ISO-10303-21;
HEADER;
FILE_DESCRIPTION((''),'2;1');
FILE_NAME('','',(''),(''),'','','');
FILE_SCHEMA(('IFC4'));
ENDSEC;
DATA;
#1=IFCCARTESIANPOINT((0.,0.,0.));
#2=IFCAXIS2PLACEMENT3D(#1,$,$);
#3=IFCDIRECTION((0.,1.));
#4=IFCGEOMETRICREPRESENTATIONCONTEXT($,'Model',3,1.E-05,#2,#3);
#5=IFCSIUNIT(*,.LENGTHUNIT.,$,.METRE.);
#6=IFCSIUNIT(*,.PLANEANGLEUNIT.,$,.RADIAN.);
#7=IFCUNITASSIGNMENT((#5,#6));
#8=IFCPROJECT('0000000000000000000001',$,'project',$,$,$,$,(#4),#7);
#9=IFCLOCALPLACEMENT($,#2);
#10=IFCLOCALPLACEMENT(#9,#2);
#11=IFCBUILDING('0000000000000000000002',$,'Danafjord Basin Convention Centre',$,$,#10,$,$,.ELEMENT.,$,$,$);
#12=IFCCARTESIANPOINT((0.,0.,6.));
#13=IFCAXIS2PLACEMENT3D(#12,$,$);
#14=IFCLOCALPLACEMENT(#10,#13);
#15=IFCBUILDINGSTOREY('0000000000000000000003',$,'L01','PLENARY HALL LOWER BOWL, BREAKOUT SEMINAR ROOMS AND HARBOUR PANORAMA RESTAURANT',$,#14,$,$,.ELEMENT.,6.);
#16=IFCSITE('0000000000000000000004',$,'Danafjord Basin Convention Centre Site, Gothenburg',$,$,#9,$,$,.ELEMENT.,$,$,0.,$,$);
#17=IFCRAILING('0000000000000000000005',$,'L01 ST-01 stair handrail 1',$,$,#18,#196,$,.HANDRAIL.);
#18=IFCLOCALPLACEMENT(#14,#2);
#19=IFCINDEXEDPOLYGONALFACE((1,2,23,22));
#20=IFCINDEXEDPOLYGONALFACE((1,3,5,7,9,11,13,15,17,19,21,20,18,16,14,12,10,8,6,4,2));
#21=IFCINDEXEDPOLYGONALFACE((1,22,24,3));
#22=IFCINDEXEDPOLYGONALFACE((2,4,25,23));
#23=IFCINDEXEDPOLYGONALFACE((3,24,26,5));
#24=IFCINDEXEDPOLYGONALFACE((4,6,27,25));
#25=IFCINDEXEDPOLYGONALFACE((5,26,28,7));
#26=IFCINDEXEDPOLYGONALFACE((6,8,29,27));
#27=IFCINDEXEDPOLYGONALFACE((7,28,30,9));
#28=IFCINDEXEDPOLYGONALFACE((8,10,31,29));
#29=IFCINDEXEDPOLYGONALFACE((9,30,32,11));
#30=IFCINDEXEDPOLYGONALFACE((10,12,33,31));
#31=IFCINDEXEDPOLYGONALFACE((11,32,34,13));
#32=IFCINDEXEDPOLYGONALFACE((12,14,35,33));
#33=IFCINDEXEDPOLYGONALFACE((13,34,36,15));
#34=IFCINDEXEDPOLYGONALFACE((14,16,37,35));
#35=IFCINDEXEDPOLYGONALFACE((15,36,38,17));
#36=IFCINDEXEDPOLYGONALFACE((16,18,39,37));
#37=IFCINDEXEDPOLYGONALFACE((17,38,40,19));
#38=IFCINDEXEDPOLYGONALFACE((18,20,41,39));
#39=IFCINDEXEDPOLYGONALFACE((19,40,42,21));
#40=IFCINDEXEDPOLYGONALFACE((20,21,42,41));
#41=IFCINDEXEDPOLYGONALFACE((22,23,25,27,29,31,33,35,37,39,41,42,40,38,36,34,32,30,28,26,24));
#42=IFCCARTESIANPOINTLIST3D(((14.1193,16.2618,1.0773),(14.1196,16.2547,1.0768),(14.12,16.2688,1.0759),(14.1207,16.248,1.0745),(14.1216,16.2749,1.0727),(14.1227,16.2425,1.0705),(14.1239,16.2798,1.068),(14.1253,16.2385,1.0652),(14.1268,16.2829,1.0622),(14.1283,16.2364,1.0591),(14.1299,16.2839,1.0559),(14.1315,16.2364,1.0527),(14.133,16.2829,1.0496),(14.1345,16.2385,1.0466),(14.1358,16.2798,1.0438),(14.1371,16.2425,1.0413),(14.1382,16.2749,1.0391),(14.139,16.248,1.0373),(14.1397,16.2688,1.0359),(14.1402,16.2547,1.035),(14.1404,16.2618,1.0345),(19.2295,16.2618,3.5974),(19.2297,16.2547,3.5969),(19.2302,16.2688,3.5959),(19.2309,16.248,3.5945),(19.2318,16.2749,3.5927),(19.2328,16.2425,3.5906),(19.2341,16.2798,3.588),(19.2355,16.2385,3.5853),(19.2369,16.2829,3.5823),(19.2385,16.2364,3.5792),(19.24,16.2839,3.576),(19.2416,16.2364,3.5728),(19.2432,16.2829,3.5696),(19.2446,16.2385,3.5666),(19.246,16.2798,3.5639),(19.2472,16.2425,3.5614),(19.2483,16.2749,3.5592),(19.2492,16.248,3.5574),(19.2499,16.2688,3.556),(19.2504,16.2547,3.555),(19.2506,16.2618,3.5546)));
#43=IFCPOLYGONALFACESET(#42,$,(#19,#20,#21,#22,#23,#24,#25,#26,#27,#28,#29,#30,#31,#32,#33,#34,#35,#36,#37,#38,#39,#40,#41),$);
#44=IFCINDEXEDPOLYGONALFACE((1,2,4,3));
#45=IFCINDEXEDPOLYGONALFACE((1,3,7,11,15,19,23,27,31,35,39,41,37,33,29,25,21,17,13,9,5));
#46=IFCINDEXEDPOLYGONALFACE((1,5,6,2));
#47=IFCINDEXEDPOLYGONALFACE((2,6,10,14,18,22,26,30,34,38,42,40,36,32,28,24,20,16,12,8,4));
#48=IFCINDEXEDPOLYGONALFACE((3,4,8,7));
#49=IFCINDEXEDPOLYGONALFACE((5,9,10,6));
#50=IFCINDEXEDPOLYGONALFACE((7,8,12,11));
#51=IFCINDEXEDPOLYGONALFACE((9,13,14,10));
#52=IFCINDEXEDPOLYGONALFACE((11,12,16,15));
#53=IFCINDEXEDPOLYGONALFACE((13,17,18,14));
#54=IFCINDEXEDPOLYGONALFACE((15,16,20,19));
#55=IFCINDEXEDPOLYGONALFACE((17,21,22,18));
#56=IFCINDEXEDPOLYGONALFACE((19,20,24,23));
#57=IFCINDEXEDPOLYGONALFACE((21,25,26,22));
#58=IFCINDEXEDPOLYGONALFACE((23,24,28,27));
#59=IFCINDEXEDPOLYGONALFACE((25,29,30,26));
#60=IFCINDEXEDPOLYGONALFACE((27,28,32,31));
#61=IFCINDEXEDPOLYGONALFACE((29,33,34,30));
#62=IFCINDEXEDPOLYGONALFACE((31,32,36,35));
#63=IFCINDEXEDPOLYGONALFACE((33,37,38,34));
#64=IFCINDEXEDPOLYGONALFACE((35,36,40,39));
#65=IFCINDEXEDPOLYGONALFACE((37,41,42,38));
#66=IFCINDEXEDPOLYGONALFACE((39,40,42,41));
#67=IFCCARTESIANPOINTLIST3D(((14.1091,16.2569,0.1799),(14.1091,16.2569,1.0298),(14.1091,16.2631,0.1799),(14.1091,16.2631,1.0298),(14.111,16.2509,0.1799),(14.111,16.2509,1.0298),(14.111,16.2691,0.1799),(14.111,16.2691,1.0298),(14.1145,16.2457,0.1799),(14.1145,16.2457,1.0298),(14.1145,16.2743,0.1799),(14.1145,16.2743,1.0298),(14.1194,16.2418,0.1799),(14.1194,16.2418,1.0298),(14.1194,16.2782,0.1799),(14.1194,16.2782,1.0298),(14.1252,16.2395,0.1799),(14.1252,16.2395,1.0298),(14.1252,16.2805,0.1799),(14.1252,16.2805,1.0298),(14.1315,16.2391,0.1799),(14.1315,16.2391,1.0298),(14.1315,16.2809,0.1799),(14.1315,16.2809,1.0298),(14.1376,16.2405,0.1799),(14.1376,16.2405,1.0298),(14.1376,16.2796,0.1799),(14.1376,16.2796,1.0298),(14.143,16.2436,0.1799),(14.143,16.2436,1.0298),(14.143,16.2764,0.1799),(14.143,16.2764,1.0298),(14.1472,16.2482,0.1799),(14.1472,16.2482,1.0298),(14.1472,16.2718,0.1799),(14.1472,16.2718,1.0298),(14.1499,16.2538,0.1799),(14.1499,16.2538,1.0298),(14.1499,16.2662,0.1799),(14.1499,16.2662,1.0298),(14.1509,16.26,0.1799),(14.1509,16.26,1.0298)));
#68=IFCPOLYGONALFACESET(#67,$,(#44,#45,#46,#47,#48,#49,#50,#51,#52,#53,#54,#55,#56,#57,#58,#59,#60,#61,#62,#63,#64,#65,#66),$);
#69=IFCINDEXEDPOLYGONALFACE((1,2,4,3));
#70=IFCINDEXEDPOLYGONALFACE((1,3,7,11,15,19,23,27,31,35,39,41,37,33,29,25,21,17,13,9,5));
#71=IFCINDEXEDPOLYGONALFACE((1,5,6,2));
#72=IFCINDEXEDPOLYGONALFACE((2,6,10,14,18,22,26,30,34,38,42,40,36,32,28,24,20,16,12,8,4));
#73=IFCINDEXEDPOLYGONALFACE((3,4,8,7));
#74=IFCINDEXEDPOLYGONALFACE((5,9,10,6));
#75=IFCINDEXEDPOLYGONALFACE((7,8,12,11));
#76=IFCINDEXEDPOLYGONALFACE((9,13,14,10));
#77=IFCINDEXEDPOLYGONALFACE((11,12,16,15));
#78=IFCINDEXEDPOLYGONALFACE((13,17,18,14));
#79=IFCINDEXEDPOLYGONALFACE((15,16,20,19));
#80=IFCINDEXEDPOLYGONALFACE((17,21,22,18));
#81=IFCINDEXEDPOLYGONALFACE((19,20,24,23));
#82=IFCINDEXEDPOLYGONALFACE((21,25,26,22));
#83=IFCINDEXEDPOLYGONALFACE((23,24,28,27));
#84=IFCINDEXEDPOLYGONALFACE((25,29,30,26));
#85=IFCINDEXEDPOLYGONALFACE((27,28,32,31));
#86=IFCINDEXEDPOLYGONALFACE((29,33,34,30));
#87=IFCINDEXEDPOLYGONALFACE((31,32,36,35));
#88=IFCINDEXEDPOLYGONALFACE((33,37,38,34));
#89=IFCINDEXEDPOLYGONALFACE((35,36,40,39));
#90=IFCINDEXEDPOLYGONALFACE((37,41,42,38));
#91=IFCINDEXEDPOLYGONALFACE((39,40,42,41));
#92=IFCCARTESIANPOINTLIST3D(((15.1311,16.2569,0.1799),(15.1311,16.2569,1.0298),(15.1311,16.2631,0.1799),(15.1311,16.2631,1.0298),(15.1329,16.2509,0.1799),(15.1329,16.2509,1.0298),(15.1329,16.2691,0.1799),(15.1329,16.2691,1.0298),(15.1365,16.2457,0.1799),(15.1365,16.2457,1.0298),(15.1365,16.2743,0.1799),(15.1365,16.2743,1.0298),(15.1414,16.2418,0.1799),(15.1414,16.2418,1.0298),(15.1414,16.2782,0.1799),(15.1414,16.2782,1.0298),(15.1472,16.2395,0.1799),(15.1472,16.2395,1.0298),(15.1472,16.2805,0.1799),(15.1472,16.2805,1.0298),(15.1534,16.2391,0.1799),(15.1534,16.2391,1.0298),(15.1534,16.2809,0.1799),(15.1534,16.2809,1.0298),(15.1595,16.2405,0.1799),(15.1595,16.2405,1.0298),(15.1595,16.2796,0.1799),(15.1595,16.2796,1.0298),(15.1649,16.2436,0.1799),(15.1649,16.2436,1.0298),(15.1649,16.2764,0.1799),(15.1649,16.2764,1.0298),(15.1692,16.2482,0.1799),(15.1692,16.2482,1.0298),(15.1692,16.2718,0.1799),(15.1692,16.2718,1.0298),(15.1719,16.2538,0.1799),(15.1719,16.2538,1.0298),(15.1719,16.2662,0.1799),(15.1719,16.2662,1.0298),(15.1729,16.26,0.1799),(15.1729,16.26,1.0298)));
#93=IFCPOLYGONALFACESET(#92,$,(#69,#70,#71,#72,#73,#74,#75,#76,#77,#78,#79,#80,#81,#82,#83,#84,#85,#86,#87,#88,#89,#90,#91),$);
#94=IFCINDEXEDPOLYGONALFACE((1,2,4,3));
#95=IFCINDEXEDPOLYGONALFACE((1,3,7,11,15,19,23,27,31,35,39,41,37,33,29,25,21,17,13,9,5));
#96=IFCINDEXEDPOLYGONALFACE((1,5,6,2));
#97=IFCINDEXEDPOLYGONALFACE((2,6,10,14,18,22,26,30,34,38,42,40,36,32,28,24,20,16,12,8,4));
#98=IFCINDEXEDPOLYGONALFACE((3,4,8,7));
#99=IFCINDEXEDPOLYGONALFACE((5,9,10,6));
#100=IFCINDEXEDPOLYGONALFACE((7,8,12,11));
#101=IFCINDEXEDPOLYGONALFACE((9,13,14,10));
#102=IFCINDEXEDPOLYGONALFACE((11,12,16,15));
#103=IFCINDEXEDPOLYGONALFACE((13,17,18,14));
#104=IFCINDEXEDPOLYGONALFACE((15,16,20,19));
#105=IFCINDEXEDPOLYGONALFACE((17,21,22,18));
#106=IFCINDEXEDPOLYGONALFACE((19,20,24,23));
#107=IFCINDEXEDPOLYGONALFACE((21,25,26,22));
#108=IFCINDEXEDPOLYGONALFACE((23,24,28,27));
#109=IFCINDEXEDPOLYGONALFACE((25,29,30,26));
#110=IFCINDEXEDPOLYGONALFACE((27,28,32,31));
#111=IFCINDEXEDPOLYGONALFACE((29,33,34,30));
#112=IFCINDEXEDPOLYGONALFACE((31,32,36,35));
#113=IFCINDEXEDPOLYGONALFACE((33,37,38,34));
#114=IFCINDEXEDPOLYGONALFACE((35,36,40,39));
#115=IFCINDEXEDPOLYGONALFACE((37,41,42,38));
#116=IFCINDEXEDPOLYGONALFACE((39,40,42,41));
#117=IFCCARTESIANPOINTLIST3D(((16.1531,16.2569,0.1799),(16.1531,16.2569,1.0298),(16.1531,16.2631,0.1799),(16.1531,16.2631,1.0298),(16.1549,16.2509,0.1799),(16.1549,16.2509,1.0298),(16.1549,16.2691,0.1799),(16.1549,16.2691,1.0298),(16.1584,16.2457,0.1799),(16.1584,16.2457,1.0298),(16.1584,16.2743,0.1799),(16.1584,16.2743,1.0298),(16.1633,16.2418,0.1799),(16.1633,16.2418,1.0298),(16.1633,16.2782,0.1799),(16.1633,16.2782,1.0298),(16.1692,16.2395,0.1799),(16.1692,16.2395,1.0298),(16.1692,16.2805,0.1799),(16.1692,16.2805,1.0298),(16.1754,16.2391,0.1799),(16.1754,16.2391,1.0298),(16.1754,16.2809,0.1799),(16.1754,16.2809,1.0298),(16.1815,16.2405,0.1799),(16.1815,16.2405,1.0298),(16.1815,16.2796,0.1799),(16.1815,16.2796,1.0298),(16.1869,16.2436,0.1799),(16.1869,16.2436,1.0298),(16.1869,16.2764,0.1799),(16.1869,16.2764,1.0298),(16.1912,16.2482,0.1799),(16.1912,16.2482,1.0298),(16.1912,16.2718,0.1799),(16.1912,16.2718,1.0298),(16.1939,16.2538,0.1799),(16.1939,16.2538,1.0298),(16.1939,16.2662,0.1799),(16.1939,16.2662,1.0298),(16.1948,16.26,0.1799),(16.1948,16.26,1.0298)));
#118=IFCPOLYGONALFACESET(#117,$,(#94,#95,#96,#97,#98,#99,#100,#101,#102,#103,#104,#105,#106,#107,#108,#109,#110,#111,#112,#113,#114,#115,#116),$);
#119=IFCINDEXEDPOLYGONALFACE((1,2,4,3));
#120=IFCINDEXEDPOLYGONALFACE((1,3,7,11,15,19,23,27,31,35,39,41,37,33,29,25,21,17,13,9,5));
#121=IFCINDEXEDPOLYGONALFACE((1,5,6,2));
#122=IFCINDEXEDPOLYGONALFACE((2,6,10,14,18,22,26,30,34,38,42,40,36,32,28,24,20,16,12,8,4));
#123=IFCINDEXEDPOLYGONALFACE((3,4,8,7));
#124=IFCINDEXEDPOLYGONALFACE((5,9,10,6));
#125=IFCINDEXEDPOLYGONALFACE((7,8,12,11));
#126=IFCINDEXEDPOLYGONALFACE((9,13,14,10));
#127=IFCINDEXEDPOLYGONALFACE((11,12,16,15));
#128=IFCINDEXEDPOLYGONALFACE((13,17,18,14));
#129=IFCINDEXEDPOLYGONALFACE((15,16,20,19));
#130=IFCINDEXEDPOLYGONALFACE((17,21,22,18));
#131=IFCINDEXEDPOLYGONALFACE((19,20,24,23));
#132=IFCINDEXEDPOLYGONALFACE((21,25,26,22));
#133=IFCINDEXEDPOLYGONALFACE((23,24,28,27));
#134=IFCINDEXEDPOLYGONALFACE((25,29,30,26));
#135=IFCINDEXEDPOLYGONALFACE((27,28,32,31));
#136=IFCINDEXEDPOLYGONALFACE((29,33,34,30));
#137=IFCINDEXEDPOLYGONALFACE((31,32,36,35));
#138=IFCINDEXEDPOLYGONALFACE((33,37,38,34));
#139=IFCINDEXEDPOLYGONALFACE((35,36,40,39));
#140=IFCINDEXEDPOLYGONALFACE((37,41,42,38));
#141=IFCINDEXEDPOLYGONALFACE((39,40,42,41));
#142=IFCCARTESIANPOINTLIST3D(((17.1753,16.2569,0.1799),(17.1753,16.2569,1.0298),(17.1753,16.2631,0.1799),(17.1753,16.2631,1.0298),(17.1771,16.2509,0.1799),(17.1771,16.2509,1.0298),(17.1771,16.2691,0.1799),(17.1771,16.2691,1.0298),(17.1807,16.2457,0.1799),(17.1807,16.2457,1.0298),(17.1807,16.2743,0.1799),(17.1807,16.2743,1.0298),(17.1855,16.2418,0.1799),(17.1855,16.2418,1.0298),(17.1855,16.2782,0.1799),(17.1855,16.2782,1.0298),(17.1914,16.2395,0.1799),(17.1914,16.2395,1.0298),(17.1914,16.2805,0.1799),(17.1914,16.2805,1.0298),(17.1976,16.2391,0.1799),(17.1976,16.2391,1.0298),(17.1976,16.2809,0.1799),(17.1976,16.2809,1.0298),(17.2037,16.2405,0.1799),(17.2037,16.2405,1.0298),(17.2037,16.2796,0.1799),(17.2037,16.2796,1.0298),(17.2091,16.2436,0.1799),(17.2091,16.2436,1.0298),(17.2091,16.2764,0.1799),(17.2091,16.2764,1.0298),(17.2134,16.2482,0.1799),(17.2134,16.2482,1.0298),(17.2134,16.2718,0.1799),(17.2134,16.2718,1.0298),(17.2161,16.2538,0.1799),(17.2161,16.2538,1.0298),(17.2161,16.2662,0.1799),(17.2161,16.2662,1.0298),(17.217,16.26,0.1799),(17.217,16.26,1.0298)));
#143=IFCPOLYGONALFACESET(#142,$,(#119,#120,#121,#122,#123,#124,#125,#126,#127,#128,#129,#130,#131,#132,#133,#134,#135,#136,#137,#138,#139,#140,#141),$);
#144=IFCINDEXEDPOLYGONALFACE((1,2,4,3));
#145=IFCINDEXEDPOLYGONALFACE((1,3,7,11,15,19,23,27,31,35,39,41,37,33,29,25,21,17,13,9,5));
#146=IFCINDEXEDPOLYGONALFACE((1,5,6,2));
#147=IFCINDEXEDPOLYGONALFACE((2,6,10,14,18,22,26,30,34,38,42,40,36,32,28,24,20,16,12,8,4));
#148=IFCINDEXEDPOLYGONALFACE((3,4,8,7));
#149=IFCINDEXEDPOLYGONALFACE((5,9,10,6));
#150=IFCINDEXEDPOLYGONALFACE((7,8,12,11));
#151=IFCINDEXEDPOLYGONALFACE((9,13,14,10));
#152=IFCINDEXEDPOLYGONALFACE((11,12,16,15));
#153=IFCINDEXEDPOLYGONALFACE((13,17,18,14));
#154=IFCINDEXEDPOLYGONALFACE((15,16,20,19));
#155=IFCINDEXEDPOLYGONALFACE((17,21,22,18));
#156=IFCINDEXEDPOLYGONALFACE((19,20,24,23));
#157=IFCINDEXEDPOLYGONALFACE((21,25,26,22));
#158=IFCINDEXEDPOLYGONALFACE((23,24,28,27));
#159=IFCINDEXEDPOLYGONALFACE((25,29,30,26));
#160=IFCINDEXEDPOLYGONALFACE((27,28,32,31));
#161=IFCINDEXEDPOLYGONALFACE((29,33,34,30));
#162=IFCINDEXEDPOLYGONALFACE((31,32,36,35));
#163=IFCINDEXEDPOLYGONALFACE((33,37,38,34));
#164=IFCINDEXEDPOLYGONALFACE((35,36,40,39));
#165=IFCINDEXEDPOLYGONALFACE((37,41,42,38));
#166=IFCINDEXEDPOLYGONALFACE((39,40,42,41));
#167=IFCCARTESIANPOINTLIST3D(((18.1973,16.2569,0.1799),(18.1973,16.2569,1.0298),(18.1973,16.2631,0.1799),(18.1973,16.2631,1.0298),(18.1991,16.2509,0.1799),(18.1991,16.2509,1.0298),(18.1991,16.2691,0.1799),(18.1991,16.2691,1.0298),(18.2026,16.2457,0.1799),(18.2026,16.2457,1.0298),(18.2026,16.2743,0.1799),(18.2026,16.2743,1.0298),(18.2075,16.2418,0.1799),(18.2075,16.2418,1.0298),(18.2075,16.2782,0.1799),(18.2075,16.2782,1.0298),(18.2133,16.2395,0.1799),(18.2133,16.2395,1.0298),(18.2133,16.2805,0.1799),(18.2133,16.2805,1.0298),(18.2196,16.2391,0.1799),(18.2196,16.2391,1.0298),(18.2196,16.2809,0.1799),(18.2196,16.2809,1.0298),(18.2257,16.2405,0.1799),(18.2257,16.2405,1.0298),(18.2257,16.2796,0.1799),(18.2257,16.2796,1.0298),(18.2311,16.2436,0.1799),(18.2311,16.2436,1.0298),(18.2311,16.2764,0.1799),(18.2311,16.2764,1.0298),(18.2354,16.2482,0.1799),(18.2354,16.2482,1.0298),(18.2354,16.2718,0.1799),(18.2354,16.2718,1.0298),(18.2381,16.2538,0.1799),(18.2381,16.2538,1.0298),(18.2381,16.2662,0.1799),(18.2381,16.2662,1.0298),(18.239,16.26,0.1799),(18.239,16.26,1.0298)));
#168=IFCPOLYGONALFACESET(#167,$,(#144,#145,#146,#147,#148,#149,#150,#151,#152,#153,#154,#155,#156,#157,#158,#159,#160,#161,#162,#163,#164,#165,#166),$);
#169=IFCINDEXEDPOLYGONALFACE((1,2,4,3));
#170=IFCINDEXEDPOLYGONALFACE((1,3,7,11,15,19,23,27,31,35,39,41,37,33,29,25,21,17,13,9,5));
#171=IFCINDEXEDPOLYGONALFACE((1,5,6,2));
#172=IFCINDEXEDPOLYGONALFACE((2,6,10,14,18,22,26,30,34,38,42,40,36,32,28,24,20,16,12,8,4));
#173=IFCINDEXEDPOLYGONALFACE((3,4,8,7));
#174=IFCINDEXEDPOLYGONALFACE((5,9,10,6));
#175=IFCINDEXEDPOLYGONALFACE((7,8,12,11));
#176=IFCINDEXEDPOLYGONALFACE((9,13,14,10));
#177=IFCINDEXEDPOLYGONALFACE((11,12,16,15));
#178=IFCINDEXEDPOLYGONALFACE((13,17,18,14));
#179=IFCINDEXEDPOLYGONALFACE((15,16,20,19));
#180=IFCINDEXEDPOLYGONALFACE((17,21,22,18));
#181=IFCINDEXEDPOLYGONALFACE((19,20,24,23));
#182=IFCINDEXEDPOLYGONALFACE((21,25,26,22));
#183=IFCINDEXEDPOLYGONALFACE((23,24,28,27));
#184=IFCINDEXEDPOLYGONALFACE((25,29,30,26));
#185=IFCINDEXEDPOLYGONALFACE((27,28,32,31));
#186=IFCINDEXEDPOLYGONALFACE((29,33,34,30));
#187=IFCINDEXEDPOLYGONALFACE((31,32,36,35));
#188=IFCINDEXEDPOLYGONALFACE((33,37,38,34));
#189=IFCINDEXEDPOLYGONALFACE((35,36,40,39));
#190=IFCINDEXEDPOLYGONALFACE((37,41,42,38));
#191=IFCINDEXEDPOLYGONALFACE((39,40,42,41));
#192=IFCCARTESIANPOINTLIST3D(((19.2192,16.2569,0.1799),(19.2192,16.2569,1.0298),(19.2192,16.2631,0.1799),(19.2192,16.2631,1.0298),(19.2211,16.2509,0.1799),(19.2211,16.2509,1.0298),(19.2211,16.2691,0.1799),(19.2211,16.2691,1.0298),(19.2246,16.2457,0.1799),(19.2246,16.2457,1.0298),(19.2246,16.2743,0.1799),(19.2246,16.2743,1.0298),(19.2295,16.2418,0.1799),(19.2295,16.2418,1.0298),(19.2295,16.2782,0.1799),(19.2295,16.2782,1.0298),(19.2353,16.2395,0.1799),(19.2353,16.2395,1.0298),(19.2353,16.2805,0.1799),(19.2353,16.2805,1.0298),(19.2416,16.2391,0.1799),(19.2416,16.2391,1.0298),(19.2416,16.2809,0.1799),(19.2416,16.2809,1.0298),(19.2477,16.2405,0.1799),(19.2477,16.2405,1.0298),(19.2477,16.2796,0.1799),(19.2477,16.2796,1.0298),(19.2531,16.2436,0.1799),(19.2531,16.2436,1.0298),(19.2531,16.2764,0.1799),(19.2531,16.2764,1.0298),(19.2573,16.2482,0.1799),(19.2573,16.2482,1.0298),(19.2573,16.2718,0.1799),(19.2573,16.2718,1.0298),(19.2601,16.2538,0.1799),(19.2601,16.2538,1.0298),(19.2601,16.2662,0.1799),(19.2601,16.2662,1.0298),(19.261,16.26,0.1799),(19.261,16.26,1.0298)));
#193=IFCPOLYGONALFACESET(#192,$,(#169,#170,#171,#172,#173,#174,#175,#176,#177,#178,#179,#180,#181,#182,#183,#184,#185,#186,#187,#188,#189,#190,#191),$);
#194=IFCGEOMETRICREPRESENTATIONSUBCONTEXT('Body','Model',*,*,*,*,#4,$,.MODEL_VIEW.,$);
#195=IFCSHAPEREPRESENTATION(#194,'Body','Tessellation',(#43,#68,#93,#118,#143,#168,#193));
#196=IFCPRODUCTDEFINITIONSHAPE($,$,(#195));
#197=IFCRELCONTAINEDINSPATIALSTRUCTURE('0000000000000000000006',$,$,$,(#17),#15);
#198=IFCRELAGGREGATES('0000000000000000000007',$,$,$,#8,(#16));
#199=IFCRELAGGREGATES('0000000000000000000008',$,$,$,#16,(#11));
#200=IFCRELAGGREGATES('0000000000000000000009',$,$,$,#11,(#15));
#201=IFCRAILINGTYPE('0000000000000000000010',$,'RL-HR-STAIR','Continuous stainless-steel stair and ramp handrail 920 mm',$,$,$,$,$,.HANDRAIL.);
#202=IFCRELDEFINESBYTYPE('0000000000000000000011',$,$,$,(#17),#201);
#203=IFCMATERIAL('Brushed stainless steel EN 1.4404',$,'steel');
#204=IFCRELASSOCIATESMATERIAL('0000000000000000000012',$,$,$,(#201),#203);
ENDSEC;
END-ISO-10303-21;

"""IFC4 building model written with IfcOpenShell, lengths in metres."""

from ifc_helpers import new_model, si_unit, direction, frame, origin, origin_2d, place, context, subcontext, project, spatial, circle, extrude, material, type_object, element, save


model = new_model("IFC4")

# Units and contexts
model_context = context("Model", 3, precision=1e-05, world=origin(), true_north=direction((0.0, 1.0)))
body_context = subcontext(model_context, "Body", "Model", "MODEL_VIEW")
ifc_project = project(units=[si_unit("LENGTHUNIT", "METRE"), si_unit("PLANEANGLEUNIT", "RADIAN")], contexts=[model_context])

# Site, building, storey
site_placement = place(None, origin())
site = spatial("IfcSite", under=ifc_project, at=site_placement, Name="Danafjord Basin Convention Centre Site, Gothenburg", CompositionType="ELEMENT", RefElevation=0.0)
building_placement = place(site_placement, origin())
building = spatial("IfcBuilding", under=site, at=building_placement, Name="Danafjord Basin Convention Centre", CompositionType="ELEMENT")
storey_placement = place(building_placement, frame((0.0, 0.0, 6.0)))
storey = spatial("IfcBuildingStorey", under=building, at=storey_placement, Name="L01", Description="PLENARY HALL LOWER BOWL, BREAKOUT SEMINAR ROOMS AND HARBOUR PANORAMA RESTAURANT", CompositionType="ELEMENT", Elevation=6.0)

# Railing
ifc_material_1 = material(Name="Brushed stainless steel EN 1.4404", Category="steel")
railing_type_1 = type_object("IfcRailingType", Name="RL-HR-STAIR", Description="Continuous stainless-steel stair and ramp handrail 920 mm", PredefinedType="HANDRAIL", material=ifc_material_1)
railing_1_placement = place(storey_placement, frame((14.1299, 16.26, 0.1799)))
element("IfcRailing", 1, at=railing_1_placement, inside=storey, type_object=railing_type_1, Name="L01 ST-01 stair handrail 1", PredefinedType="HANDRAIL", context=body_context, shape_type="SweptSolid", body=[
    extrude(circle(Radius=0.0239, at=origin_2d()), frame((0.0, 0.0, 0.876), z_axis=(0.896873, 0.0, 0.442288), x_axis=(0.0, 1.0, 0.0)), (0.0, 0.0, 1.0), 5.6978),
    extrude(circle(Radius=0.021, at=origin_2d()), origin(), (0.0, 0.0, 1.0), 0.8499),
    extrude(circle(Radius=0.021, at=origin_2d()), frame((1.022, 0.0, 0.0)), (0.0, 0.0, 1.0), 0.8499),
    extrude(circle(Radius=0.021, at=origin_2d()), frame((2.0439, 0.0, 0.0)), (0.0, 0.0, 1.0), 0.8499),
    extrude(circle(Radius=0.021, at=origin_2d()), frame((3.0662, 0.0, 0.0)), (0.0, 0.0, 1.0), 0.8499),
    extrude(circle(Radius=0.021, at=origin_2d()), frame((4.0881, 0.0, 0.0)), (0.0, 0.0, 1.0), 0.8499),
    extrude(circle(Radius=0.021, at=origin_2d()), frame((5.1101, 0.0, 0.0)), (0.0, 0.0, 1.0), 0.8499),
])

save(model, "model.ifc")
